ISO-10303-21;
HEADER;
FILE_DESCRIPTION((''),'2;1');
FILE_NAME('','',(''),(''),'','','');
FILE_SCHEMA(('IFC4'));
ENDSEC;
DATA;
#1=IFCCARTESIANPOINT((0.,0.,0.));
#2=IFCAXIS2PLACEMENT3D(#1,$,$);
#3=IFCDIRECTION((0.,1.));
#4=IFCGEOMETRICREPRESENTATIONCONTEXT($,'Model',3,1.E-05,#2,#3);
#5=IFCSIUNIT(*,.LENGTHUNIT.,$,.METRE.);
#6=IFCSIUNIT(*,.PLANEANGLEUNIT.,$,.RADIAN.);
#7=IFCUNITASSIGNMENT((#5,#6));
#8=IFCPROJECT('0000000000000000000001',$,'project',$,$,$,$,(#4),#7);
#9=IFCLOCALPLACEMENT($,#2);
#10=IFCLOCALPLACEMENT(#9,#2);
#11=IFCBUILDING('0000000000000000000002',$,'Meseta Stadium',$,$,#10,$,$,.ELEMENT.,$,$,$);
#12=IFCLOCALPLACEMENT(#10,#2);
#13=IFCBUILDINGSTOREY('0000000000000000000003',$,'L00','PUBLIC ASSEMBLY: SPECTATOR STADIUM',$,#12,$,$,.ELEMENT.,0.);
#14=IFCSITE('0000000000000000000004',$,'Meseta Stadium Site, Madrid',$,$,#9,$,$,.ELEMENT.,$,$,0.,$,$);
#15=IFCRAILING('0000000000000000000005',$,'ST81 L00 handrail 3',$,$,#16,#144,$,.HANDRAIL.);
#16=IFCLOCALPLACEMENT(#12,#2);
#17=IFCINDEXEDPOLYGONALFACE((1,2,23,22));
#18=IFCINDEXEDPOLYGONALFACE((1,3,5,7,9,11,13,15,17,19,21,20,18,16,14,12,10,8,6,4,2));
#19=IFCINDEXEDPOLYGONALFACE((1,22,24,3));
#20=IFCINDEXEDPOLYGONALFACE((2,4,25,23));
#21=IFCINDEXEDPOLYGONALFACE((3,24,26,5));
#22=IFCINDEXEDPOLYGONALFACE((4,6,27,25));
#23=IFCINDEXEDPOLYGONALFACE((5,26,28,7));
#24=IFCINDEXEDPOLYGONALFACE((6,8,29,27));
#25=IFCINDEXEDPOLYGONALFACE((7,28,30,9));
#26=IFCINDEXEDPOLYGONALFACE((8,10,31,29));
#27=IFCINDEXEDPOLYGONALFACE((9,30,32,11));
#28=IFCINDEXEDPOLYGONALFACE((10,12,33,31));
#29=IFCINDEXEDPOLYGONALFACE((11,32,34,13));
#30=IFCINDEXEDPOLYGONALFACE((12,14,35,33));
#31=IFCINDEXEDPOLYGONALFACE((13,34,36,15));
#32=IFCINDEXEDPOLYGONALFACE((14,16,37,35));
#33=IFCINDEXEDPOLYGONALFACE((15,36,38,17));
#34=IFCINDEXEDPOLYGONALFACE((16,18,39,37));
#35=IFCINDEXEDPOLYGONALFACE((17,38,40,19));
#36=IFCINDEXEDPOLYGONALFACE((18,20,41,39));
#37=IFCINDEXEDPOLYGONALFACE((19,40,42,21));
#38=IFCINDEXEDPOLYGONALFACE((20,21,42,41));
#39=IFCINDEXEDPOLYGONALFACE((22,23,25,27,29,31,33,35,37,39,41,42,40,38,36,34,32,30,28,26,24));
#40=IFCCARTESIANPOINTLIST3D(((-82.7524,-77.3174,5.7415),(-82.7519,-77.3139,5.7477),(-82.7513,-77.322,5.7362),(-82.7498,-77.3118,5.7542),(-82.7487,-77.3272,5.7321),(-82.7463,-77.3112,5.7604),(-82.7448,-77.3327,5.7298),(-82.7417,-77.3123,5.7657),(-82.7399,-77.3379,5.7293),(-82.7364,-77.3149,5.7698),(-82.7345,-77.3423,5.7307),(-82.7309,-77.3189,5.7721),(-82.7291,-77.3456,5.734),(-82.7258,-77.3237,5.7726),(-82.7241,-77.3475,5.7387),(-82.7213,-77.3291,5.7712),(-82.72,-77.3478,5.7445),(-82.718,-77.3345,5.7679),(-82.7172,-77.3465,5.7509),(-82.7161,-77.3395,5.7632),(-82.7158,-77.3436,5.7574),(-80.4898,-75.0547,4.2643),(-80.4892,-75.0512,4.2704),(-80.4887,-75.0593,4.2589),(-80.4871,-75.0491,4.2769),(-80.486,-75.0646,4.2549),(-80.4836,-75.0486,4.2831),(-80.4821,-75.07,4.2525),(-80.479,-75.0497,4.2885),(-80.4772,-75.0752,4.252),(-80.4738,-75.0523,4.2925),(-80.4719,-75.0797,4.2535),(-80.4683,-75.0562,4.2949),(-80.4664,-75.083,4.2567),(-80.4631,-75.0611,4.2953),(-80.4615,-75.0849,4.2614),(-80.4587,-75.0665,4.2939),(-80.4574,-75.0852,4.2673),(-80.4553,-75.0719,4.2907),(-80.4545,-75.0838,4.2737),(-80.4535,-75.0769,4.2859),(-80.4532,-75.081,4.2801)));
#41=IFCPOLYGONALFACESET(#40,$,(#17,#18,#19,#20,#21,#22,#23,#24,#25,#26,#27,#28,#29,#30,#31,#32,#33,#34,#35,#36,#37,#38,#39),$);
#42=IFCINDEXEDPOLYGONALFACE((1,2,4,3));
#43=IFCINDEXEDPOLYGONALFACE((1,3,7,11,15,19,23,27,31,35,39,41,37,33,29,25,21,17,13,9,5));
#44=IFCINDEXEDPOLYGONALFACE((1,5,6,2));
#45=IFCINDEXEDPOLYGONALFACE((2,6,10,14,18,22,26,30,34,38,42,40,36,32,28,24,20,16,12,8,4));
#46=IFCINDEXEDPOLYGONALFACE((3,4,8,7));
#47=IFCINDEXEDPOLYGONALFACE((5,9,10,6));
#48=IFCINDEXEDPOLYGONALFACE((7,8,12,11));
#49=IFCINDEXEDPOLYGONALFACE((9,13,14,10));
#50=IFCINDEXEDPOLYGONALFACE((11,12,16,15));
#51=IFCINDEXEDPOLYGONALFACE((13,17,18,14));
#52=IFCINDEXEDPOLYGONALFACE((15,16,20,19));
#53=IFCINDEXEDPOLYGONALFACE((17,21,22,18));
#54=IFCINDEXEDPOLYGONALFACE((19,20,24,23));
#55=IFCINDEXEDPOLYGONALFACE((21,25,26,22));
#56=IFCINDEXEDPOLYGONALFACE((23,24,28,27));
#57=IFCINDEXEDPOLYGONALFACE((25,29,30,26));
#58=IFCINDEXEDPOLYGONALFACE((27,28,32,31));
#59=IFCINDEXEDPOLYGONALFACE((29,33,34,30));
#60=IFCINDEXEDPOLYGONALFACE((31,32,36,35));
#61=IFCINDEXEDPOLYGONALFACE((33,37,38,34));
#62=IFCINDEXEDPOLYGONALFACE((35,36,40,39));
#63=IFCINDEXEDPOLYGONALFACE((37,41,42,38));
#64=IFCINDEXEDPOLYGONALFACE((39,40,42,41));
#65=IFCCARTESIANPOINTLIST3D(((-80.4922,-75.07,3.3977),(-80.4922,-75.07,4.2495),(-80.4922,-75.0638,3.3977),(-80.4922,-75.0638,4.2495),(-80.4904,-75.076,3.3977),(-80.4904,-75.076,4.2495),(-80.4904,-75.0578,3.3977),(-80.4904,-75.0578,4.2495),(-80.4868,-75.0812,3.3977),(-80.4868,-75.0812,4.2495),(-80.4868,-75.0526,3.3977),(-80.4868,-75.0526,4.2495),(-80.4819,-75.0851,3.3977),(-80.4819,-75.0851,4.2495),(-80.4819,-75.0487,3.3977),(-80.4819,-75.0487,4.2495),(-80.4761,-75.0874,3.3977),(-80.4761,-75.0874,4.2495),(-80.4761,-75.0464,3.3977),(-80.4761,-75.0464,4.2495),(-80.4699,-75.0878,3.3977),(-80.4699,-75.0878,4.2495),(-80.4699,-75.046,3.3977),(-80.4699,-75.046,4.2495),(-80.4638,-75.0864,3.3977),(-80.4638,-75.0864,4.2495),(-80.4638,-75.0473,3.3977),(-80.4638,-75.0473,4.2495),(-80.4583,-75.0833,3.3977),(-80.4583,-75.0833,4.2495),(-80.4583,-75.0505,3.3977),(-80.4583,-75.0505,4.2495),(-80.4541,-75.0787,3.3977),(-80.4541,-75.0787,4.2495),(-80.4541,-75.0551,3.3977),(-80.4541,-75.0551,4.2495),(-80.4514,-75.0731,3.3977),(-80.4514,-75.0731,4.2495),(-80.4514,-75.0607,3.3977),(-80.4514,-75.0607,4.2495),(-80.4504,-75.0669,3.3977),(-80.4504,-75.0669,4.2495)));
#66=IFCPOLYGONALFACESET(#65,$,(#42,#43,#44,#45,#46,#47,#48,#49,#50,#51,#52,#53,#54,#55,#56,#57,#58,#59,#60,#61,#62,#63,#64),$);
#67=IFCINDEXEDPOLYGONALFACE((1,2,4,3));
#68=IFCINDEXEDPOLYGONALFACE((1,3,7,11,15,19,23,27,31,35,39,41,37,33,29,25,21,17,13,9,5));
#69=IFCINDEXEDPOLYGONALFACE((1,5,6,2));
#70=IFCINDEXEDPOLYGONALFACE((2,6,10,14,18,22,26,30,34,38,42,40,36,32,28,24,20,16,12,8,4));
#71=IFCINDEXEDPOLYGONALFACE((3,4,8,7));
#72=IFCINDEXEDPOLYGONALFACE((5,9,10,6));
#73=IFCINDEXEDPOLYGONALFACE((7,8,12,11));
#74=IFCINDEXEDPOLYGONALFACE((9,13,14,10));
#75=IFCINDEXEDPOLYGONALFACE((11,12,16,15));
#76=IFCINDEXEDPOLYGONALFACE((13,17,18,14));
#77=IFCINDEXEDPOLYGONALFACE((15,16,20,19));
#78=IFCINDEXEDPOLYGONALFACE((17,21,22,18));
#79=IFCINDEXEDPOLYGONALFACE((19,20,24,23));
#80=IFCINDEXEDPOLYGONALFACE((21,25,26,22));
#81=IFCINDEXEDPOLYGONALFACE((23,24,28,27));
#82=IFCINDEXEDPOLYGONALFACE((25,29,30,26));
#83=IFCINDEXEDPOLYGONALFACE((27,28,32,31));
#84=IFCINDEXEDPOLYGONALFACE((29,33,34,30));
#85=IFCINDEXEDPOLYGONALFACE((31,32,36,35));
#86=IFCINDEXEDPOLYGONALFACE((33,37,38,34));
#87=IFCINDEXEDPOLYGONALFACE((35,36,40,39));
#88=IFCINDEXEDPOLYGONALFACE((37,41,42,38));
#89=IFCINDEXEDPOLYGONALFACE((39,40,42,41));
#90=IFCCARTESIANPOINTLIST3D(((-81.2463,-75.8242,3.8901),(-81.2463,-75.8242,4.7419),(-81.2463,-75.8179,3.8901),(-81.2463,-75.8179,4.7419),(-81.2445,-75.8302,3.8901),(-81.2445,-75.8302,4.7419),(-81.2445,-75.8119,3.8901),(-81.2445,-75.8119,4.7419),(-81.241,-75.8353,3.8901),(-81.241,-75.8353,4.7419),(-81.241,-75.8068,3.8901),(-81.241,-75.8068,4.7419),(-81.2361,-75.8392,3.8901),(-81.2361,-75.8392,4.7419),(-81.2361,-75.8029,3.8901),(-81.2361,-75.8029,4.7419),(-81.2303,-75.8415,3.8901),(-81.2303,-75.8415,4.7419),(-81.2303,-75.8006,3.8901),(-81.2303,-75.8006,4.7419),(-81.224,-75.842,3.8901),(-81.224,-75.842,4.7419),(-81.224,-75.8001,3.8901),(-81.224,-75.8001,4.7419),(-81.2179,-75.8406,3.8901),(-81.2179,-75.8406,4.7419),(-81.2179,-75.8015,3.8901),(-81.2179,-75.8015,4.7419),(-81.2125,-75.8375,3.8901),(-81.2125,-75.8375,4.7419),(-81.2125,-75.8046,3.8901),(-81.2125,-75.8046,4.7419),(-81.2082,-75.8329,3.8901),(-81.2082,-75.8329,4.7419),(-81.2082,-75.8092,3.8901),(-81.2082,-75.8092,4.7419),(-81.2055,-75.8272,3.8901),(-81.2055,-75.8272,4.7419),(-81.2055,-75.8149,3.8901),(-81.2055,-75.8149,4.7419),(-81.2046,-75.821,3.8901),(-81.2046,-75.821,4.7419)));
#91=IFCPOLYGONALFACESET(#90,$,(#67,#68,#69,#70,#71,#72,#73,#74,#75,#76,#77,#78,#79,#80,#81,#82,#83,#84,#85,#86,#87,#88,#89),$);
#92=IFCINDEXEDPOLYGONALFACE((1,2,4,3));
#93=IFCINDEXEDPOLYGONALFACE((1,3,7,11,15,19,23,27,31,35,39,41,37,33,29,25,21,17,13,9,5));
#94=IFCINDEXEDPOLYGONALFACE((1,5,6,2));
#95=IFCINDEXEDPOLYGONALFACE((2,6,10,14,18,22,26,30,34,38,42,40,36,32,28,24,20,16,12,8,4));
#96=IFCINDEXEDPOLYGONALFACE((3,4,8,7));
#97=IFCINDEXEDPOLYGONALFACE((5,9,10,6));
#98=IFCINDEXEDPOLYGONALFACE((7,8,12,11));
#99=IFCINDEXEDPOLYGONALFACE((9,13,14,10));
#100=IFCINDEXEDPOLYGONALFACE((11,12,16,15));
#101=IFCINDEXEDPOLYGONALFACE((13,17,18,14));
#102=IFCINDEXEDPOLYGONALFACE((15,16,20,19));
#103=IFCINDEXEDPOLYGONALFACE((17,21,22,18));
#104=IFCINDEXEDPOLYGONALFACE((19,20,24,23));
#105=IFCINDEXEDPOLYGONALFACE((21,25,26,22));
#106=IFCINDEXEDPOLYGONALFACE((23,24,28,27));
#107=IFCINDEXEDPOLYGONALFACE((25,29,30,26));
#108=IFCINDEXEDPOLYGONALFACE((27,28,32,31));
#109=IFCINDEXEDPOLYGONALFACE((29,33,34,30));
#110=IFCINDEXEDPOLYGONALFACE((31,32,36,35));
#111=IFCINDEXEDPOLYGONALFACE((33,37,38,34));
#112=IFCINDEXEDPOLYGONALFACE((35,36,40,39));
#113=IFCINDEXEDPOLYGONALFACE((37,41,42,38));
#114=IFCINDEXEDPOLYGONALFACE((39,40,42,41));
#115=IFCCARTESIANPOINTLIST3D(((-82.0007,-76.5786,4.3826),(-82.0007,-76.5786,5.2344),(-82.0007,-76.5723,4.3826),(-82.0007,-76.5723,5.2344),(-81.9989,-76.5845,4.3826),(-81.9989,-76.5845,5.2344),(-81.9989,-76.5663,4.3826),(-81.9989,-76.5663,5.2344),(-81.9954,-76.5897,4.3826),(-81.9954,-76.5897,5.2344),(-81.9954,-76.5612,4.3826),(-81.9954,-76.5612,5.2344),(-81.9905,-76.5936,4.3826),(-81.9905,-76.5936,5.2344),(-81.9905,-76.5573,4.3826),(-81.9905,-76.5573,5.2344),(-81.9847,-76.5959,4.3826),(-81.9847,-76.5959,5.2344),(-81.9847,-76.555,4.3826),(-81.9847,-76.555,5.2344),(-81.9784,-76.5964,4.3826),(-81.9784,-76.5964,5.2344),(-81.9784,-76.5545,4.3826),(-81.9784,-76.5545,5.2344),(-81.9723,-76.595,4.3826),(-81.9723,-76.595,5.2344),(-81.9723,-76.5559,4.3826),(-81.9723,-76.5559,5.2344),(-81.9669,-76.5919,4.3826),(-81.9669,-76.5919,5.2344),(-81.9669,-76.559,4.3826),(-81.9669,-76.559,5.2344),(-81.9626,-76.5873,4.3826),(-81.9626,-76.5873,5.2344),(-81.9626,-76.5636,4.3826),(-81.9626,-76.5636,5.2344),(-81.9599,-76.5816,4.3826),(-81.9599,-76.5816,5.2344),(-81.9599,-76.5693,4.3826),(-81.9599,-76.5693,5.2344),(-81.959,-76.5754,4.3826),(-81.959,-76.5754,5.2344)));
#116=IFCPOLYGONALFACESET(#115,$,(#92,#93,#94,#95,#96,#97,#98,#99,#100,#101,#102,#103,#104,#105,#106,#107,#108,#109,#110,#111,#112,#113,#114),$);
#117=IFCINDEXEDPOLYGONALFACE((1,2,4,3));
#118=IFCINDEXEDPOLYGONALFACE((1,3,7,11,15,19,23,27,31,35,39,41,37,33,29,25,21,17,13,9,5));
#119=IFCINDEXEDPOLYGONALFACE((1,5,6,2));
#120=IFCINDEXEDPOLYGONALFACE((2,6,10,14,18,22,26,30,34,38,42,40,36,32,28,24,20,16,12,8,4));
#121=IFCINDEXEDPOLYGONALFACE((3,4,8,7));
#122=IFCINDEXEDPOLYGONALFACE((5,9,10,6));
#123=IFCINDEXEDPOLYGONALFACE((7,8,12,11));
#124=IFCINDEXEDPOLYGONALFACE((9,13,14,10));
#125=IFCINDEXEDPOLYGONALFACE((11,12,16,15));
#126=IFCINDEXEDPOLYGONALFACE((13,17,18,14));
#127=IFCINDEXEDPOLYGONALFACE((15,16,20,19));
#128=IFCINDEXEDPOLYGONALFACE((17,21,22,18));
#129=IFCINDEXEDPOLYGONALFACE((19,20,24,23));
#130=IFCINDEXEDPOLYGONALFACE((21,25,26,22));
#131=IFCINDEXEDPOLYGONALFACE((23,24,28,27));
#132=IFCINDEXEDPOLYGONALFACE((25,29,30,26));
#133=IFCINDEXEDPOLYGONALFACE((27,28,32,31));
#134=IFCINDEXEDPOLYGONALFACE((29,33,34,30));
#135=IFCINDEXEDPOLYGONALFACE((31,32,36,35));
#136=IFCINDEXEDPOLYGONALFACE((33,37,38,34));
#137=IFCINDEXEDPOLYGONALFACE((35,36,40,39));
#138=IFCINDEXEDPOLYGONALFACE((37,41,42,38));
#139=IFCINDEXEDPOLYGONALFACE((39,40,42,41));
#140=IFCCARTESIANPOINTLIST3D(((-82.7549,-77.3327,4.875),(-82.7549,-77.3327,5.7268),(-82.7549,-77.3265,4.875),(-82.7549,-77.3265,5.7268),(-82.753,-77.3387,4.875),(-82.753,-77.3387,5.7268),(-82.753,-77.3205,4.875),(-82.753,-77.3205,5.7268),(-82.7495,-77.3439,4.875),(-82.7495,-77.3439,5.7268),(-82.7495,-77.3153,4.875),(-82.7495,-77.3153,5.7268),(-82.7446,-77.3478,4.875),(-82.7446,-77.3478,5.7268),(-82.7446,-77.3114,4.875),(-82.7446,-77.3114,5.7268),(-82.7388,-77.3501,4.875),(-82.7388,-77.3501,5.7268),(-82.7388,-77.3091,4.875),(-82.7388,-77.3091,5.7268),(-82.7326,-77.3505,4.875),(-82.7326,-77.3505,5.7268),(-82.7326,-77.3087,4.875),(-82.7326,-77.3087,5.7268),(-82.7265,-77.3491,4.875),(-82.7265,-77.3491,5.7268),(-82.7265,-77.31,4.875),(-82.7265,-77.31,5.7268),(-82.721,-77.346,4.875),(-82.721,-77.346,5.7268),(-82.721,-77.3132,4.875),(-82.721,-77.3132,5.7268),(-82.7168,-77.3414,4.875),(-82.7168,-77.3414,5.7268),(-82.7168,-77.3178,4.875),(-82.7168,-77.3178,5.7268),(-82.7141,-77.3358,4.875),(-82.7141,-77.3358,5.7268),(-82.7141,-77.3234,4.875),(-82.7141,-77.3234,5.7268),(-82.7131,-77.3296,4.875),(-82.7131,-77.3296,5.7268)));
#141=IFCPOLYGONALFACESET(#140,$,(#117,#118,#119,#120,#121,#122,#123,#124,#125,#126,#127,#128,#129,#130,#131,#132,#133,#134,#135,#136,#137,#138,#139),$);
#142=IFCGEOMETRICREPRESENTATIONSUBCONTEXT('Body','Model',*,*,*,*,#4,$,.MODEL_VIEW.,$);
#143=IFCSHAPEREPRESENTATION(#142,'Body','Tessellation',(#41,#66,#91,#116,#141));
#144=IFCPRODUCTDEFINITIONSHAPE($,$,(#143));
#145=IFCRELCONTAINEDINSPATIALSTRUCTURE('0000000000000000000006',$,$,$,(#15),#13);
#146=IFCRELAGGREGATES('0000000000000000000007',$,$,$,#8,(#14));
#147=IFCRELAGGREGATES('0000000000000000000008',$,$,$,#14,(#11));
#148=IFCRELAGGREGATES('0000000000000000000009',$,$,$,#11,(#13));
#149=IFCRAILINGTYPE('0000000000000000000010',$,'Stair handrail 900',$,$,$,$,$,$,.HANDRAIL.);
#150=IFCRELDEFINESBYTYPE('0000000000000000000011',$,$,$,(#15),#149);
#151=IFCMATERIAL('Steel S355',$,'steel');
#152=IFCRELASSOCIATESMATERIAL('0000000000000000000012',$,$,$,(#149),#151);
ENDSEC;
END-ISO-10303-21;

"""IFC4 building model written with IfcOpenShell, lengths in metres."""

from ifc_helpers import new_model, si_unit, direction, frame, origin, origin_2d, place, context, subcontext, project, spatial, circle, extrude, material, type_object, element, save


model = new_model("IFC4")

# Units and contexts
model_context = context("Model", 3, precision=1e-05, world=origin(), true_north=direction((0.0, 1.0)))
body_context = subcontext(model_context, "Body", "Model", "MODEL_VIEW")
ifc_project = project(units=[si_unit("LENGTHUNIT", "METRE"), si_unit("PLANEANGLEUNIT", "RADIAN")], contexts=[model_context])

# Site, building, storey
site_placement = place(None, origin())
site = spatial("IfcSite", under=ifc_project, at=site_placement, Name="Meseta Stadium Site, Madrid", CompositionType="ELEMENT", RefElevation=0.0)
building_placement = place(site_placement, origin())
building = spatial("IfcBuilding", under=site, at=building_placement, Name="Meseta Stadium", CompositionType="ELEMENT")
storey_placement = place(building_placement, origin())
storey = spatial("IfcBuildingStorey", under=building, at=storey_placement, Name="L00", Description="PUBLIC ASSEMBLY: SPECTATOR STADIUM", CompositionType="ELEMENT", Elevation=0.0)

# Railing
ifc_material_1 = material(Name="Steel S355", Category="steel")
railing_type_1 = type_object("IfcRailingType", Name="Stair handrail 900", PredefinedType="HANDRAIL", material=ifc_material_1)
for number, where, name in (
    (1, (-80.4714, -75.0669, 3.3977), "ST81 L00 handrail 3"),
):
    element("IfcRailing", number, at=place(storey_placement, frame(where)), inside=storey, type_object=railing_type_1, Name=name, PredefinedType="HANDRAIL", context=body_context, shape_type="SweptSolid", body=[
        extrude(circle(Radius=0.0239, at=origin_2d()), frame((0.0, 0.0, 0.876), z_axis=(-0.641994, -0.641994, 0.419152), x_axis=(0.707107, -0.707107, 0.0)), (0.0, 0.0, 1.0), 3.5244),
        extrude(circle(Radius=0.021, at=origin_2d()), origin(), (0.0, 0.0, 1.0), 0.8518),
        extrude(circle(Radius=0.021, at=origin_2d()), frame((-0.7542, -0.7542, 0.4924)), (0.0, 0.0, 1.0), 0.8518),
        extrude(circle(Radius=0.021, at=origin_2d()), frame((-1.5085, -1.5085, 0.9849)), (0.0, 0.0, 1.0), 0.8518),
        extrude(circle(Radius=0.021, at=origin_2d()), frame((-2.2627, -2.2627, 1.4773)), (0.0, 0.0, 1.0), 0.8518),
    ])

save(model, "model.ifc")
